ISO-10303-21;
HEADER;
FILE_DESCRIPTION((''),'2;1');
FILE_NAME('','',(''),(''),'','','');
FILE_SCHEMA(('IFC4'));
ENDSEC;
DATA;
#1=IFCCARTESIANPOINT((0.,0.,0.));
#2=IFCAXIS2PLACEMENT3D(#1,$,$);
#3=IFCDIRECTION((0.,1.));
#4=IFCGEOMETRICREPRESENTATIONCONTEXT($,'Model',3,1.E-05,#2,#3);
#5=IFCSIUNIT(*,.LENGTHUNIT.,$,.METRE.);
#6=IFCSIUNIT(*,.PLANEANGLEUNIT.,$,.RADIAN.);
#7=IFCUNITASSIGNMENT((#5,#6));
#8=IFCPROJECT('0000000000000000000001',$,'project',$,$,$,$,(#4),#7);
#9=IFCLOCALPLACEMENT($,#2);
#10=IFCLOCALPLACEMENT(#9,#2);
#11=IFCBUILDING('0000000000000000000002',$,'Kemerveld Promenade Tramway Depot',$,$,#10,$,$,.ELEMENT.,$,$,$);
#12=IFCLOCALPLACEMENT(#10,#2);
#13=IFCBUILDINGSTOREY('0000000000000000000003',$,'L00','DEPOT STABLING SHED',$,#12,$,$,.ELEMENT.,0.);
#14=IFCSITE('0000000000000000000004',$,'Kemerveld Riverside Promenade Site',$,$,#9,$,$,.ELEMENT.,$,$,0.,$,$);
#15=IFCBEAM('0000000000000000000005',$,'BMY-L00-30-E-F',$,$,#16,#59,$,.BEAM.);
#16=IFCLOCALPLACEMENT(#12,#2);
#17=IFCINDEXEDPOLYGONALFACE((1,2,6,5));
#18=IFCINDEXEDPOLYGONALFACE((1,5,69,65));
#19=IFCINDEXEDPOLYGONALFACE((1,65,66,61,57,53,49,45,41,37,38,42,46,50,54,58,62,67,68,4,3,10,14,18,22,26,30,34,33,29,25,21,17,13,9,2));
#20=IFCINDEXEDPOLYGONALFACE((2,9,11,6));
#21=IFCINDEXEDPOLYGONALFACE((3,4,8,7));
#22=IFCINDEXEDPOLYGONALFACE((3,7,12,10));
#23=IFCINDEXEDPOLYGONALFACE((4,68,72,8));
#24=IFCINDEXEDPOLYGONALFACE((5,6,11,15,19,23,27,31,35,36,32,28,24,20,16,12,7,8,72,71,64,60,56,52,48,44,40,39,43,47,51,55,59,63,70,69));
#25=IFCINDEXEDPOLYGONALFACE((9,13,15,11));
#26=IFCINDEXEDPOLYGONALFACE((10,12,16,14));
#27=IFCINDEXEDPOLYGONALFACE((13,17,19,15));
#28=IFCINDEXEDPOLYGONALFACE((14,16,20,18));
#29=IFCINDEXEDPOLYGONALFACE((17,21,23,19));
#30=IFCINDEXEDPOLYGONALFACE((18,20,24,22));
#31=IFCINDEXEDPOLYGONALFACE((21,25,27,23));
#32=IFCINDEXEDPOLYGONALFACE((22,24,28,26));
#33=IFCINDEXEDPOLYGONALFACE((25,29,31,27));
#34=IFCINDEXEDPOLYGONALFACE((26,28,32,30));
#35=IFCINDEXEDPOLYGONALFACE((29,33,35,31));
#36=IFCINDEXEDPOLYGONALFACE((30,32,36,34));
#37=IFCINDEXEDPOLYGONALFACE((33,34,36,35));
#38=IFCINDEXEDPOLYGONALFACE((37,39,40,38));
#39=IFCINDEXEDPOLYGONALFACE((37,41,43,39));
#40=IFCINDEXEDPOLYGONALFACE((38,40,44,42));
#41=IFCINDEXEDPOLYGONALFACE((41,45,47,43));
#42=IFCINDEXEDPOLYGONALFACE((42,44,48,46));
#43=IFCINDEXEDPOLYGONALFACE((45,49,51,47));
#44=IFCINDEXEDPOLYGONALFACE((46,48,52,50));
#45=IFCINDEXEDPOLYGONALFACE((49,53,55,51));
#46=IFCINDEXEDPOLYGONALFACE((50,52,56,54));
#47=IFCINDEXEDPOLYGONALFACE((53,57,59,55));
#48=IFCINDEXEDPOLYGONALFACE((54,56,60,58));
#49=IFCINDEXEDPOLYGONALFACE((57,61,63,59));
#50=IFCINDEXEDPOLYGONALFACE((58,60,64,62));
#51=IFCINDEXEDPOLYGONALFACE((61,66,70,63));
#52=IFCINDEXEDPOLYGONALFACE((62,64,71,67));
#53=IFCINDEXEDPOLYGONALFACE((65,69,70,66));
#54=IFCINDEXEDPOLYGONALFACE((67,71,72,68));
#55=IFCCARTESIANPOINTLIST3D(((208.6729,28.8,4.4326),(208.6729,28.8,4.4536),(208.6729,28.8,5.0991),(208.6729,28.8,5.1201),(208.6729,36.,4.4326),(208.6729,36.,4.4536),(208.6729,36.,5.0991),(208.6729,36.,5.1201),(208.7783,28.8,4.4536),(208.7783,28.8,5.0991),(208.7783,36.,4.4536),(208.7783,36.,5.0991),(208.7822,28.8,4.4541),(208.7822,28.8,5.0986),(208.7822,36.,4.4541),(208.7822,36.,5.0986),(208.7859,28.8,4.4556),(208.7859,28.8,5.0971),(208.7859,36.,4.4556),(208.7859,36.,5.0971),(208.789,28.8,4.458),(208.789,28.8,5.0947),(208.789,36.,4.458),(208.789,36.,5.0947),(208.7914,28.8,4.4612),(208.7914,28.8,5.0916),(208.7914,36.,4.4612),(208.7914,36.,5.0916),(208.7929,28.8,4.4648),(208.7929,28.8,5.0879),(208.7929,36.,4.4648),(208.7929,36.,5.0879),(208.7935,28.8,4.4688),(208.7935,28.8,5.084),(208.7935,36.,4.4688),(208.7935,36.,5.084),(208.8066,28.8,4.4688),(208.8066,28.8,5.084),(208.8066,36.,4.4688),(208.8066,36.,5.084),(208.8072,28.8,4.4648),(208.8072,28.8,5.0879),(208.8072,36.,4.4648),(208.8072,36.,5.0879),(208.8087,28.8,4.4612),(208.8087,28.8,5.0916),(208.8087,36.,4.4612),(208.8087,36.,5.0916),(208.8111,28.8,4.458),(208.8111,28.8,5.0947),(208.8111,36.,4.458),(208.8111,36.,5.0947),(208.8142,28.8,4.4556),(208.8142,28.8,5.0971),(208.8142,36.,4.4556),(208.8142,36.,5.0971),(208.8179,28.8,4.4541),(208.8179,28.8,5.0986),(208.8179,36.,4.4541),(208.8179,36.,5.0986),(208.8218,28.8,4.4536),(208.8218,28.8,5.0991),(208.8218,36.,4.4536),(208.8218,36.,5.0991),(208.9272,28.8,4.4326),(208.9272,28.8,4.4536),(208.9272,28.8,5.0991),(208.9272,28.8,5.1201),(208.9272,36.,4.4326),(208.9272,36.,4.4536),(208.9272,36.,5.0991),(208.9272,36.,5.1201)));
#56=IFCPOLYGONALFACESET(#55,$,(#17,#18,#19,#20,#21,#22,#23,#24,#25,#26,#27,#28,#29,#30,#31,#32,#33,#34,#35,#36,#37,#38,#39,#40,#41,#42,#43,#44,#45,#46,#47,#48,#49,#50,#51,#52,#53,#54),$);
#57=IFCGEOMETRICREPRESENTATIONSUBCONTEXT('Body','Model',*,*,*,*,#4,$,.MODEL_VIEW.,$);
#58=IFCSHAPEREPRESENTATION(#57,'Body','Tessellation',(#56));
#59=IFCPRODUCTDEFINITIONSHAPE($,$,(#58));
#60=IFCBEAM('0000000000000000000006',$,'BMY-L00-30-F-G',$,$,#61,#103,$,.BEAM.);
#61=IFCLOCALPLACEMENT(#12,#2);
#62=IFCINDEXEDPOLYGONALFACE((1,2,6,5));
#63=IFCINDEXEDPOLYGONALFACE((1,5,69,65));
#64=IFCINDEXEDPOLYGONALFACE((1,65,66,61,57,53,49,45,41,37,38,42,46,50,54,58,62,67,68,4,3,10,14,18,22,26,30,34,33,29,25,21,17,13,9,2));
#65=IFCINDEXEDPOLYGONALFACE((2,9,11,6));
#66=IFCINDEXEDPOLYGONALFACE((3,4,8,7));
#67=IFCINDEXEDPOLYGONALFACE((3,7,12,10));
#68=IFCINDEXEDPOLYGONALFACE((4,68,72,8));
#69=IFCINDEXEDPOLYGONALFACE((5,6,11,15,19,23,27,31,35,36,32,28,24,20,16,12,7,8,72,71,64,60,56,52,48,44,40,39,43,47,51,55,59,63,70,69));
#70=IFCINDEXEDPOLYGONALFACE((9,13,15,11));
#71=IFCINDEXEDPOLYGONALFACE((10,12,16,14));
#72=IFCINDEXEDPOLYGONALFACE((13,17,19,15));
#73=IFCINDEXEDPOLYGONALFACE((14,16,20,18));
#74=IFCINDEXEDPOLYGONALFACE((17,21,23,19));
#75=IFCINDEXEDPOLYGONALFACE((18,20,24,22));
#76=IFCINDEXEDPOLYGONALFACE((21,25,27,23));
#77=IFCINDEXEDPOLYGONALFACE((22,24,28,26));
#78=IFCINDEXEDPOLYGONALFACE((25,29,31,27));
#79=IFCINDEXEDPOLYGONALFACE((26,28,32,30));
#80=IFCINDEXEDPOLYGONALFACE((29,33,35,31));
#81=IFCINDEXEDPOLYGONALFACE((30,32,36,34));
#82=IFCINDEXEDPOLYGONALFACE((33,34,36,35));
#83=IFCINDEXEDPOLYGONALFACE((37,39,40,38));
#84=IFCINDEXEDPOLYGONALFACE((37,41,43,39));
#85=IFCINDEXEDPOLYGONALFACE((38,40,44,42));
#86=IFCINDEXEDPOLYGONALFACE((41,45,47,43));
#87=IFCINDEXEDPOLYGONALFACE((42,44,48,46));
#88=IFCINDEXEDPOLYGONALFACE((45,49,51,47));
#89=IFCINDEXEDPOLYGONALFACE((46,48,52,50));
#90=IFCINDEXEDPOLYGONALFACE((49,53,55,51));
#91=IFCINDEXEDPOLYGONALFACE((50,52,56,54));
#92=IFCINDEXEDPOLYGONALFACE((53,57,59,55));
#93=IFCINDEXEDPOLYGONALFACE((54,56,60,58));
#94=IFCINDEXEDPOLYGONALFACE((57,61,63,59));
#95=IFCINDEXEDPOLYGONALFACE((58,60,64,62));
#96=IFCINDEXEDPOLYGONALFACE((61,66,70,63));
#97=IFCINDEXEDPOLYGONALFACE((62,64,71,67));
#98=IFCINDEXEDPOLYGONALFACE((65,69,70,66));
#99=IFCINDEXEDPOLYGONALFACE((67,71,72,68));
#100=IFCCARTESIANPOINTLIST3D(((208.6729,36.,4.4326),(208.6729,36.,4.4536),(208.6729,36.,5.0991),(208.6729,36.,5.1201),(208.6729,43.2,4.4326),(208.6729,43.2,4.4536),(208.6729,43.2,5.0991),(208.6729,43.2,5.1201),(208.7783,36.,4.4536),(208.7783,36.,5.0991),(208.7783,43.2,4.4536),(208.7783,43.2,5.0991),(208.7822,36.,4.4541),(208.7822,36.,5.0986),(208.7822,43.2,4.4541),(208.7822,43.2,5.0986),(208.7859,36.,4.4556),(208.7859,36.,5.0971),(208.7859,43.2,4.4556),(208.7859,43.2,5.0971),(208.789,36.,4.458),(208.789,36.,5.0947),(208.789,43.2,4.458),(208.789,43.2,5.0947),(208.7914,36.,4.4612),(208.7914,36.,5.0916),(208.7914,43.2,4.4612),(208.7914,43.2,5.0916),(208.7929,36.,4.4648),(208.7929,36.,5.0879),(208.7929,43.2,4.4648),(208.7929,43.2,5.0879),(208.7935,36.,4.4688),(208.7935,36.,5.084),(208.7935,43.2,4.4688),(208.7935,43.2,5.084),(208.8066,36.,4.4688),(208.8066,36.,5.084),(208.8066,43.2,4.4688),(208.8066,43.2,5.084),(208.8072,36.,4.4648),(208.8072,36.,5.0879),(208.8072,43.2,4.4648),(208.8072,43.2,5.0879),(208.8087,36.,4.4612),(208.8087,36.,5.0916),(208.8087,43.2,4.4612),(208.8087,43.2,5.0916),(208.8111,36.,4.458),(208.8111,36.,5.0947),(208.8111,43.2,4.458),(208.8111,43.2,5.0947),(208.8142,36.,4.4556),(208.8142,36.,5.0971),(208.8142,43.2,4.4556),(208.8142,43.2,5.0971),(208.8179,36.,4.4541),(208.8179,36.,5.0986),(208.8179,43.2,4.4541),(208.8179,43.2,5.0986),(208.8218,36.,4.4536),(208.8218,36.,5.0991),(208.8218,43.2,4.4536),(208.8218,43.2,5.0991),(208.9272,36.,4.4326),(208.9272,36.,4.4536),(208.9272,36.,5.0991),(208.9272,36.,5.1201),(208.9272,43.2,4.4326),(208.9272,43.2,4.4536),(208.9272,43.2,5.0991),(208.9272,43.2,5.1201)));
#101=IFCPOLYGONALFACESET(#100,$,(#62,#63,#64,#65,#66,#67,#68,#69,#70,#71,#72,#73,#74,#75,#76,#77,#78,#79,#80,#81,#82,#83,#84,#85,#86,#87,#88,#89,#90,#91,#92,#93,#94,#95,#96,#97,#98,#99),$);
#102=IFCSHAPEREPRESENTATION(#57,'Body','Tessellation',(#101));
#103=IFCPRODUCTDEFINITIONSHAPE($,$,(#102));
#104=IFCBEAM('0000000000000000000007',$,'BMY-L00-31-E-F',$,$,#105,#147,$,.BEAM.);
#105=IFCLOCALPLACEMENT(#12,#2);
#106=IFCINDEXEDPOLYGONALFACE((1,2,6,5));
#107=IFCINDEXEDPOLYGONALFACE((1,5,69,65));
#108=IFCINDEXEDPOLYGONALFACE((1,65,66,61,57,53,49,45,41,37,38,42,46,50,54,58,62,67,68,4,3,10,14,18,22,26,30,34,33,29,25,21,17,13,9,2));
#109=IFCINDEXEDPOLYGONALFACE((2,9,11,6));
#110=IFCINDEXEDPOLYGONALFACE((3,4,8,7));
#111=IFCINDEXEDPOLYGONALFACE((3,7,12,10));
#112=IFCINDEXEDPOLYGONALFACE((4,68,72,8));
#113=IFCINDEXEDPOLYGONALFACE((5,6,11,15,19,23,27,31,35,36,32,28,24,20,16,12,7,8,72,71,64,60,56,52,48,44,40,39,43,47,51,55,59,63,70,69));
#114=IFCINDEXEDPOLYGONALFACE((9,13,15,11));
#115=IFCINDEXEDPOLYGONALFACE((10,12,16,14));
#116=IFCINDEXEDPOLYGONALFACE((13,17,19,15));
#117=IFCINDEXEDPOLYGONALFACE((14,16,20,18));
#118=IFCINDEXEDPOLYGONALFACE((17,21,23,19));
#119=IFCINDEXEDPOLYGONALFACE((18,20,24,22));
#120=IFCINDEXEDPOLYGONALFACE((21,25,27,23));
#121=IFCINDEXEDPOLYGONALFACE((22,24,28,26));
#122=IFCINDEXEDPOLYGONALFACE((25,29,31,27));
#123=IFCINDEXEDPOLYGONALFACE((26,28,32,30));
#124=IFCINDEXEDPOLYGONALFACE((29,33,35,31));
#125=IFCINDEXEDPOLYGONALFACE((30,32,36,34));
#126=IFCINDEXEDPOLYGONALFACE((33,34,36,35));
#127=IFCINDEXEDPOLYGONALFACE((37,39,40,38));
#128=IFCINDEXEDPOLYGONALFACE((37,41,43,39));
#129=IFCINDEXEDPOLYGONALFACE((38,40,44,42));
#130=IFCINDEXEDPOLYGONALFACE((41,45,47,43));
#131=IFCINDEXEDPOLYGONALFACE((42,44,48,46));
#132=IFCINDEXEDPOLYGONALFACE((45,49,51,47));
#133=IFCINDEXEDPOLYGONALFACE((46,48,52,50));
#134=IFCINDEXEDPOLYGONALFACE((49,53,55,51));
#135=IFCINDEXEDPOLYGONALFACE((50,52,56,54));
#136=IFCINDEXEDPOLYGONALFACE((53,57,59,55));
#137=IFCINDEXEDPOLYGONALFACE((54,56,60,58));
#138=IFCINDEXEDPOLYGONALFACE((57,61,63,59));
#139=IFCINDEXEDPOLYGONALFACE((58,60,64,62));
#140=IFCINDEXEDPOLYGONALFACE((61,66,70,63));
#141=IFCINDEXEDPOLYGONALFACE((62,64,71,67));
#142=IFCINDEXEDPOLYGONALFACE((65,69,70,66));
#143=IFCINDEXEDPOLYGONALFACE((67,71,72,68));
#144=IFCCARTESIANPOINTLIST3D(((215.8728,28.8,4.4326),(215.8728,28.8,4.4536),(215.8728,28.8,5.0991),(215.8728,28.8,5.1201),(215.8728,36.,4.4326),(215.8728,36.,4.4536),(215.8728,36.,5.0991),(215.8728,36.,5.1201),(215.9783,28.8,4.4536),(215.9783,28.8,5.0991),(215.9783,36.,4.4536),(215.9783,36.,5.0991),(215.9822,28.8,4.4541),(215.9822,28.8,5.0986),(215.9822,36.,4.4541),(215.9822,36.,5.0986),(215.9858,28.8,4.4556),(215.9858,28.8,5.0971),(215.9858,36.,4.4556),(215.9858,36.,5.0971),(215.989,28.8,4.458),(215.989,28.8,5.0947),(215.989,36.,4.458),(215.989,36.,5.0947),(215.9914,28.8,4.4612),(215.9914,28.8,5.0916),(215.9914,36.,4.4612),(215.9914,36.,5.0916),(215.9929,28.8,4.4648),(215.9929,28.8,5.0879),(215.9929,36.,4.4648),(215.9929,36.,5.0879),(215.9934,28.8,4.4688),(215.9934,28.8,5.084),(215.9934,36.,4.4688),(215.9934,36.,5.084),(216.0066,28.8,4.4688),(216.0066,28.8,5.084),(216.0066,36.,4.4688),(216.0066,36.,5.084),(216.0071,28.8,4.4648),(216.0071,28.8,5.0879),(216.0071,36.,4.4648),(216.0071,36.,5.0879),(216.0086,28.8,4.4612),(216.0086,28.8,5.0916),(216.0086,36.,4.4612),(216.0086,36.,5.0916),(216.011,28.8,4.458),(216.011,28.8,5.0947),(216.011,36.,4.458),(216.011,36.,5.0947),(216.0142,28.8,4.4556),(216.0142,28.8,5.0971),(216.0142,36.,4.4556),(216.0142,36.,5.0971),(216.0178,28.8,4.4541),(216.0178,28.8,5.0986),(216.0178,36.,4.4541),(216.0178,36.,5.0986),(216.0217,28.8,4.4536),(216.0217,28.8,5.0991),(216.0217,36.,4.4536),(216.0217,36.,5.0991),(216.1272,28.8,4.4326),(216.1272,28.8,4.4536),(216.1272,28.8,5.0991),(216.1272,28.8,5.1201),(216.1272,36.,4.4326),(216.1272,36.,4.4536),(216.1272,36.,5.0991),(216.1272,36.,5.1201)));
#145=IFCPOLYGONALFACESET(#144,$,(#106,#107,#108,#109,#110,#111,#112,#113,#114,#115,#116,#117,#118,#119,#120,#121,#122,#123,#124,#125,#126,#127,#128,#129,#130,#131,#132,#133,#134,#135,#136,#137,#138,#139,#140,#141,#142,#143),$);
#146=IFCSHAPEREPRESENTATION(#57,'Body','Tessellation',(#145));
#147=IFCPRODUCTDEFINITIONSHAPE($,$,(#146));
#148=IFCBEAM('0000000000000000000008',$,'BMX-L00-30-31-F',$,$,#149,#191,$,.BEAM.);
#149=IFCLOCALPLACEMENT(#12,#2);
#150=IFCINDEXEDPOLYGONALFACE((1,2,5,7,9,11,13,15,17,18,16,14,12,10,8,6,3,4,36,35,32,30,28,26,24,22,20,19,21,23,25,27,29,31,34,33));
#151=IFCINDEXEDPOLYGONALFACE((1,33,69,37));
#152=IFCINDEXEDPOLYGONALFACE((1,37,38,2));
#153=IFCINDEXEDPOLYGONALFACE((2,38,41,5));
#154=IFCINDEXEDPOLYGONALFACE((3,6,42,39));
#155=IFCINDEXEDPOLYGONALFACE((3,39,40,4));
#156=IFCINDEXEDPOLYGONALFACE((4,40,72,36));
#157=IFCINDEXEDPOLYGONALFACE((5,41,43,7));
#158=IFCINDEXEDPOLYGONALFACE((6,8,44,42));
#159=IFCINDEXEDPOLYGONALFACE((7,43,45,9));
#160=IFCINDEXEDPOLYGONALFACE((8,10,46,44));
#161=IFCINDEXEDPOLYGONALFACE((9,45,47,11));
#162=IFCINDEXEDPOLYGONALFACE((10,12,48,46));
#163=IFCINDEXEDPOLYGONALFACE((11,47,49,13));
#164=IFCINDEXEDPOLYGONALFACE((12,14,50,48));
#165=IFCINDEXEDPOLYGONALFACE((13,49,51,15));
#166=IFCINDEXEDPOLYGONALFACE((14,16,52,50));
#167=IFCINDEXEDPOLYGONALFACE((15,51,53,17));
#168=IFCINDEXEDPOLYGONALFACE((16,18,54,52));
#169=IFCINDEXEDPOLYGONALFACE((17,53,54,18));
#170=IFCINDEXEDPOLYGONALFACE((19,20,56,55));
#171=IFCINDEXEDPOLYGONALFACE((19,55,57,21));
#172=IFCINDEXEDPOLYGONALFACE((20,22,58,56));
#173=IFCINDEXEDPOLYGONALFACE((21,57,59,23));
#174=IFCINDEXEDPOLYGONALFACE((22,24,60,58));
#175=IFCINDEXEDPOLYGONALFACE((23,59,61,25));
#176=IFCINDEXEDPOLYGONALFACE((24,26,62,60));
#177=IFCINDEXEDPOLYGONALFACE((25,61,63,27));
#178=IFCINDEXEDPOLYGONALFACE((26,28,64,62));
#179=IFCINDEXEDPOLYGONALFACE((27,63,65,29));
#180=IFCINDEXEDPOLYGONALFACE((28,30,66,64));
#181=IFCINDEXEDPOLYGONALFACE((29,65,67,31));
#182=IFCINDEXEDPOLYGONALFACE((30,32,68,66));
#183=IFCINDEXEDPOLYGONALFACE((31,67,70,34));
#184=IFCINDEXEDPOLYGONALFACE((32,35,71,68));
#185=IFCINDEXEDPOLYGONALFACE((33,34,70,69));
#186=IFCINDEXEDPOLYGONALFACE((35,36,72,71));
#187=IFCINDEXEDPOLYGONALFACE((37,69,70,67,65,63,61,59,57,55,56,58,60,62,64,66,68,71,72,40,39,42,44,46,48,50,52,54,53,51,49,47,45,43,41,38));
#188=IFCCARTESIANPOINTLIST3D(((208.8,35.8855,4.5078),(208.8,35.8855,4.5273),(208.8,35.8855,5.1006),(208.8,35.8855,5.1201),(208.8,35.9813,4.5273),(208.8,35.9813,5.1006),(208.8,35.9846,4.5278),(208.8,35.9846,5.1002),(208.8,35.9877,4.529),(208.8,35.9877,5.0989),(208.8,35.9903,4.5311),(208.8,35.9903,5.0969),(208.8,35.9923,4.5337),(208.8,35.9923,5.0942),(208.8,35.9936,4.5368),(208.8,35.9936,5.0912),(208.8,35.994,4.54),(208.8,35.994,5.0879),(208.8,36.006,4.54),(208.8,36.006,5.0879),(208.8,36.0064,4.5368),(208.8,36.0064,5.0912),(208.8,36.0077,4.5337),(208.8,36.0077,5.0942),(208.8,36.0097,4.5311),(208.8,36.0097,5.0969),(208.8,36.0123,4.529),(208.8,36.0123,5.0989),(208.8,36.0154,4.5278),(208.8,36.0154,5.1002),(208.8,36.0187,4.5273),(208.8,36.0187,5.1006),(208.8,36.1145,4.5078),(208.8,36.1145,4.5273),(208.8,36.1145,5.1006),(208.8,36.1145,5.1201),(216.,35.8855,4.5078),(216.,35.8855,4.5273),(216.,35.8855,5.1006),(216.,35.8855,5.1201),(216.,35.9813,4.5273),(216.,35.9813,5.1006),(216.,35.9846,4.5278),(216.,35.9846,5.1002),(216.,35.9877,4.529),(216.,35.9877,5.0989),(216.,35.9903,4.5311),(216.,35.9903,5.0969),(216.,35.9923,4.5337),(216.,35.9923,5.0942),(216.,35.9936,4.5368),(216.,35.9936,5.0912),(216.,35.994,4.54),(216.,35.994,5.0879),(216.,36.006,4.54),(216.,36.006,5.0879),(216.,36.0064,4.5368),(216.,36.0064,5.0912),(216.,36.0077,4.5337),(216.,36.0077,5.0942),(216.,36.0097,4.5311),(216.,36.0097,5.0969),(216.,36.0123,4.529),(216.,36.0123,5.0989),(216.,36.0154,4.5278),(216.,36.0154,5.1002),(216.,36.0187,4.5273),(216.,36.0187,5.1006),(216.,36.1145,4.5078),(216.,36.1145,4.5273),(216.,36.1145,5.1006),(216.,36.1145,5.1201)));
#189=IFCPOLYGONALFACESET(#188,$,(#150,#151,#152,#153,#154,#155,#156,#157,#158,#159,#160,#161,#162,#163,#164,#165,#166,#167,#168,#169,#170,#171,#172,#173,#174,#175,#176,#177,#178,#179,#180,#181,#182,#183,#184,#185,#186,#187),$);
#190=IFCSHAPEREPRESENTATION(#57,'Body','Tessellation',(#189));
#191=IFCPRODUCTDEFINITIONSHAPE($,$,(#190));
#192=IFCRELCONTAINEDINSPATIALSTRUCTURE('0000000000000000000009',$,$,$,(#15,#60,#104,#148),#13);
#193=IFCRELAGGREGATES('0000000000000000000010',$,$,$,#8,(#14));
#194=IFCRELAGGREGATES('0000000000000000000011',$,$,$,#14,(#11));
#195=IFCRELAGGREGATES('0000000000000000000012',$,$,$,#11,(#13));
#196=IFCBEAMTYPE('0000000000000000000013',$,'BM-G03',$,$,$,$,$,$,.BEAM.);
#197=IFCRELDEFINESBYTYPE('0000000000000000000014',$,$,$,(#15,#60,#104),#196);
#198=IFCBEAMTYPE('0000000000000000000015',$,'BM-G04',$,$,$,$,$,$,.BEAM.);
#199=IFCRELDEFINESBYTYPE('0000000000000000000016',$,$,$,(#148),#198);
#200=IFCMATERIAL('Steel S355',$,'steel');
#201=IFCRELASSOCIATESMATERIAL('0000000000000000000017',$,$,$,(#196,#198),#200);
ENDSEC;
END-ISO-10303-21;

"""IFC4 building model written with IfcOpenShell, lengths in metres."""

from ifc_helpers import new_model, si_unit, direction, frame, origin, origin_2d, place, context, subcontext, project, spatial, i_section, extrude, material, material_profile, profile_set, type_object, element, save


model = new_model("IFC4")

# Units and contexts
model_context = context("Model", 3, precision=1e-05, world=origin(), true_north=direction((0.0, 1.0)))
body_context = subcontext(model_context, "Body", "Model", "MODEL_VIEW")
ifc_project = project(units=[si_unit("LENGTHUNIT", "METRE"), si_unit("PLANEANGLEUNIT", "RADIAN")], contexts=[model_context])

# Site, building, storey
site_placement = place(None, origin())
site = spatial("IfcSite", under=ifc_project, at=site_placement, Name="Kemerveld Riverside Promenade Site", CompositionType="ELEMENT", RefElevation=0.0)
building_placement = place(site_placement, origin())
building = spatial("IfcBuilding", under=site, at=building_placement, Name="Kemerveld Promenade Tramway Depot", CompositionType="ELEMENT")
storey_placement = place(building_placement, origin())
storey = spatial("IfcBuildingStorey", under=building, at=storey_placement, Name="L00", Description="DEPOT STABLING SHED", CompositionType="ELEMENT", Elevation=0.0)

# Shared definitions
ifc_material_1 = material(Name="Steel S355", Category="steel")

# Beams
ifc_material_profile_1 = material_profile(ifc_material_1, i_section(OverallWidth=0.2544, OverallDepth=0.6875, WebThickness=0.0132, FlangeThickness=0.021, FilletRadius=0.0151, at=origin_2d()), Name="686x254x152 UB")
ifc_profile_set_1 = profile_set([ifc_material_profile_1], Name="Steel S355")
beam_type_1 = type_object("IfcBeamType", Name="BM-G03", PredefinedType="BEAM", material=ifc_profile_set_1)
for number, where, z_axis, x_axis, name in (
    (1, (208.8, 28.8, 4.7764), (0.0, 1.0, 0.0), (-1.0, 0.0, 0.0), "BMY-L00-30-E-F"),
    (2, (208.8, 36.0, 4.7764), (0.0, 1.0, 0.0), (-1.0, 0.0, 0.0), "BMY-L00-30-F-G"),
    (3, (216.0, 28.8, 4.7764), (0.0, 1.0, 0.0), (-1.0, 0.0, 0.0), "BMY-L00-31-E-F"),
):
    element("IfcBeam", number, at=place(storey_placement, frame(where, z_axis=z_axis, x_axis=x_axis)), inside=storey, type_object=beam_type_1, Name=name, PredefinedType="BEAM", context=body_context, shape_type="SweptSolid", body=[
        extrude(i_section(OverallWidth=0.2544, OverallDepth=0.6875, WebThickness=0.0132, FlangeThickness=0.021, FilletRadius=0.0151, at=origin_2d()), origin(), (0.0, 0.0, 1.0), 7.2),
    ])
ifc_material_profile_2 = material_profile(ifc_material_1, i_section(OverallWidth=0.229, OverallDepth=0.6123, WebThickness=0.012, FlangeThickness=0.0195, FilletRadius=0.0127, at=origin_2d()), Name="610x229x125 UB")
ifc_profile_set_2 = profile_set([ifc_material_profile_2], Name="Steel S355")
beam_type_2 = type_object("IfcBeamType", Name="BM-G04", PredefinedType="BEAM", material=ifc_profile_set_2)
beam_1_placement = place(storey_placement, frame((208.8, 36.0, 4.814), z_axis=(1.0, 0.0, 0.0), x_axis=(0.0, 1.0, 0.0)))
element("IfcBeam", 4, at=beam_1_placement, inside=storey, type_object=beam_type_2, Name="BMX-L00-30-31-F", PredefinedType="BEAM", context=body_context, shape_type="SweptSolid", body=[
    extrude(i_section(OverallWidth=0.229, OverallDepth=0.6123, WebThickness=0.012, FlangeThickness=0.0195, FilletRadius=0.0127, at=origin_2d()), origin(), (0.0, 0.0, 1.0), 7.2),
])

save(model, "model.ifc")
